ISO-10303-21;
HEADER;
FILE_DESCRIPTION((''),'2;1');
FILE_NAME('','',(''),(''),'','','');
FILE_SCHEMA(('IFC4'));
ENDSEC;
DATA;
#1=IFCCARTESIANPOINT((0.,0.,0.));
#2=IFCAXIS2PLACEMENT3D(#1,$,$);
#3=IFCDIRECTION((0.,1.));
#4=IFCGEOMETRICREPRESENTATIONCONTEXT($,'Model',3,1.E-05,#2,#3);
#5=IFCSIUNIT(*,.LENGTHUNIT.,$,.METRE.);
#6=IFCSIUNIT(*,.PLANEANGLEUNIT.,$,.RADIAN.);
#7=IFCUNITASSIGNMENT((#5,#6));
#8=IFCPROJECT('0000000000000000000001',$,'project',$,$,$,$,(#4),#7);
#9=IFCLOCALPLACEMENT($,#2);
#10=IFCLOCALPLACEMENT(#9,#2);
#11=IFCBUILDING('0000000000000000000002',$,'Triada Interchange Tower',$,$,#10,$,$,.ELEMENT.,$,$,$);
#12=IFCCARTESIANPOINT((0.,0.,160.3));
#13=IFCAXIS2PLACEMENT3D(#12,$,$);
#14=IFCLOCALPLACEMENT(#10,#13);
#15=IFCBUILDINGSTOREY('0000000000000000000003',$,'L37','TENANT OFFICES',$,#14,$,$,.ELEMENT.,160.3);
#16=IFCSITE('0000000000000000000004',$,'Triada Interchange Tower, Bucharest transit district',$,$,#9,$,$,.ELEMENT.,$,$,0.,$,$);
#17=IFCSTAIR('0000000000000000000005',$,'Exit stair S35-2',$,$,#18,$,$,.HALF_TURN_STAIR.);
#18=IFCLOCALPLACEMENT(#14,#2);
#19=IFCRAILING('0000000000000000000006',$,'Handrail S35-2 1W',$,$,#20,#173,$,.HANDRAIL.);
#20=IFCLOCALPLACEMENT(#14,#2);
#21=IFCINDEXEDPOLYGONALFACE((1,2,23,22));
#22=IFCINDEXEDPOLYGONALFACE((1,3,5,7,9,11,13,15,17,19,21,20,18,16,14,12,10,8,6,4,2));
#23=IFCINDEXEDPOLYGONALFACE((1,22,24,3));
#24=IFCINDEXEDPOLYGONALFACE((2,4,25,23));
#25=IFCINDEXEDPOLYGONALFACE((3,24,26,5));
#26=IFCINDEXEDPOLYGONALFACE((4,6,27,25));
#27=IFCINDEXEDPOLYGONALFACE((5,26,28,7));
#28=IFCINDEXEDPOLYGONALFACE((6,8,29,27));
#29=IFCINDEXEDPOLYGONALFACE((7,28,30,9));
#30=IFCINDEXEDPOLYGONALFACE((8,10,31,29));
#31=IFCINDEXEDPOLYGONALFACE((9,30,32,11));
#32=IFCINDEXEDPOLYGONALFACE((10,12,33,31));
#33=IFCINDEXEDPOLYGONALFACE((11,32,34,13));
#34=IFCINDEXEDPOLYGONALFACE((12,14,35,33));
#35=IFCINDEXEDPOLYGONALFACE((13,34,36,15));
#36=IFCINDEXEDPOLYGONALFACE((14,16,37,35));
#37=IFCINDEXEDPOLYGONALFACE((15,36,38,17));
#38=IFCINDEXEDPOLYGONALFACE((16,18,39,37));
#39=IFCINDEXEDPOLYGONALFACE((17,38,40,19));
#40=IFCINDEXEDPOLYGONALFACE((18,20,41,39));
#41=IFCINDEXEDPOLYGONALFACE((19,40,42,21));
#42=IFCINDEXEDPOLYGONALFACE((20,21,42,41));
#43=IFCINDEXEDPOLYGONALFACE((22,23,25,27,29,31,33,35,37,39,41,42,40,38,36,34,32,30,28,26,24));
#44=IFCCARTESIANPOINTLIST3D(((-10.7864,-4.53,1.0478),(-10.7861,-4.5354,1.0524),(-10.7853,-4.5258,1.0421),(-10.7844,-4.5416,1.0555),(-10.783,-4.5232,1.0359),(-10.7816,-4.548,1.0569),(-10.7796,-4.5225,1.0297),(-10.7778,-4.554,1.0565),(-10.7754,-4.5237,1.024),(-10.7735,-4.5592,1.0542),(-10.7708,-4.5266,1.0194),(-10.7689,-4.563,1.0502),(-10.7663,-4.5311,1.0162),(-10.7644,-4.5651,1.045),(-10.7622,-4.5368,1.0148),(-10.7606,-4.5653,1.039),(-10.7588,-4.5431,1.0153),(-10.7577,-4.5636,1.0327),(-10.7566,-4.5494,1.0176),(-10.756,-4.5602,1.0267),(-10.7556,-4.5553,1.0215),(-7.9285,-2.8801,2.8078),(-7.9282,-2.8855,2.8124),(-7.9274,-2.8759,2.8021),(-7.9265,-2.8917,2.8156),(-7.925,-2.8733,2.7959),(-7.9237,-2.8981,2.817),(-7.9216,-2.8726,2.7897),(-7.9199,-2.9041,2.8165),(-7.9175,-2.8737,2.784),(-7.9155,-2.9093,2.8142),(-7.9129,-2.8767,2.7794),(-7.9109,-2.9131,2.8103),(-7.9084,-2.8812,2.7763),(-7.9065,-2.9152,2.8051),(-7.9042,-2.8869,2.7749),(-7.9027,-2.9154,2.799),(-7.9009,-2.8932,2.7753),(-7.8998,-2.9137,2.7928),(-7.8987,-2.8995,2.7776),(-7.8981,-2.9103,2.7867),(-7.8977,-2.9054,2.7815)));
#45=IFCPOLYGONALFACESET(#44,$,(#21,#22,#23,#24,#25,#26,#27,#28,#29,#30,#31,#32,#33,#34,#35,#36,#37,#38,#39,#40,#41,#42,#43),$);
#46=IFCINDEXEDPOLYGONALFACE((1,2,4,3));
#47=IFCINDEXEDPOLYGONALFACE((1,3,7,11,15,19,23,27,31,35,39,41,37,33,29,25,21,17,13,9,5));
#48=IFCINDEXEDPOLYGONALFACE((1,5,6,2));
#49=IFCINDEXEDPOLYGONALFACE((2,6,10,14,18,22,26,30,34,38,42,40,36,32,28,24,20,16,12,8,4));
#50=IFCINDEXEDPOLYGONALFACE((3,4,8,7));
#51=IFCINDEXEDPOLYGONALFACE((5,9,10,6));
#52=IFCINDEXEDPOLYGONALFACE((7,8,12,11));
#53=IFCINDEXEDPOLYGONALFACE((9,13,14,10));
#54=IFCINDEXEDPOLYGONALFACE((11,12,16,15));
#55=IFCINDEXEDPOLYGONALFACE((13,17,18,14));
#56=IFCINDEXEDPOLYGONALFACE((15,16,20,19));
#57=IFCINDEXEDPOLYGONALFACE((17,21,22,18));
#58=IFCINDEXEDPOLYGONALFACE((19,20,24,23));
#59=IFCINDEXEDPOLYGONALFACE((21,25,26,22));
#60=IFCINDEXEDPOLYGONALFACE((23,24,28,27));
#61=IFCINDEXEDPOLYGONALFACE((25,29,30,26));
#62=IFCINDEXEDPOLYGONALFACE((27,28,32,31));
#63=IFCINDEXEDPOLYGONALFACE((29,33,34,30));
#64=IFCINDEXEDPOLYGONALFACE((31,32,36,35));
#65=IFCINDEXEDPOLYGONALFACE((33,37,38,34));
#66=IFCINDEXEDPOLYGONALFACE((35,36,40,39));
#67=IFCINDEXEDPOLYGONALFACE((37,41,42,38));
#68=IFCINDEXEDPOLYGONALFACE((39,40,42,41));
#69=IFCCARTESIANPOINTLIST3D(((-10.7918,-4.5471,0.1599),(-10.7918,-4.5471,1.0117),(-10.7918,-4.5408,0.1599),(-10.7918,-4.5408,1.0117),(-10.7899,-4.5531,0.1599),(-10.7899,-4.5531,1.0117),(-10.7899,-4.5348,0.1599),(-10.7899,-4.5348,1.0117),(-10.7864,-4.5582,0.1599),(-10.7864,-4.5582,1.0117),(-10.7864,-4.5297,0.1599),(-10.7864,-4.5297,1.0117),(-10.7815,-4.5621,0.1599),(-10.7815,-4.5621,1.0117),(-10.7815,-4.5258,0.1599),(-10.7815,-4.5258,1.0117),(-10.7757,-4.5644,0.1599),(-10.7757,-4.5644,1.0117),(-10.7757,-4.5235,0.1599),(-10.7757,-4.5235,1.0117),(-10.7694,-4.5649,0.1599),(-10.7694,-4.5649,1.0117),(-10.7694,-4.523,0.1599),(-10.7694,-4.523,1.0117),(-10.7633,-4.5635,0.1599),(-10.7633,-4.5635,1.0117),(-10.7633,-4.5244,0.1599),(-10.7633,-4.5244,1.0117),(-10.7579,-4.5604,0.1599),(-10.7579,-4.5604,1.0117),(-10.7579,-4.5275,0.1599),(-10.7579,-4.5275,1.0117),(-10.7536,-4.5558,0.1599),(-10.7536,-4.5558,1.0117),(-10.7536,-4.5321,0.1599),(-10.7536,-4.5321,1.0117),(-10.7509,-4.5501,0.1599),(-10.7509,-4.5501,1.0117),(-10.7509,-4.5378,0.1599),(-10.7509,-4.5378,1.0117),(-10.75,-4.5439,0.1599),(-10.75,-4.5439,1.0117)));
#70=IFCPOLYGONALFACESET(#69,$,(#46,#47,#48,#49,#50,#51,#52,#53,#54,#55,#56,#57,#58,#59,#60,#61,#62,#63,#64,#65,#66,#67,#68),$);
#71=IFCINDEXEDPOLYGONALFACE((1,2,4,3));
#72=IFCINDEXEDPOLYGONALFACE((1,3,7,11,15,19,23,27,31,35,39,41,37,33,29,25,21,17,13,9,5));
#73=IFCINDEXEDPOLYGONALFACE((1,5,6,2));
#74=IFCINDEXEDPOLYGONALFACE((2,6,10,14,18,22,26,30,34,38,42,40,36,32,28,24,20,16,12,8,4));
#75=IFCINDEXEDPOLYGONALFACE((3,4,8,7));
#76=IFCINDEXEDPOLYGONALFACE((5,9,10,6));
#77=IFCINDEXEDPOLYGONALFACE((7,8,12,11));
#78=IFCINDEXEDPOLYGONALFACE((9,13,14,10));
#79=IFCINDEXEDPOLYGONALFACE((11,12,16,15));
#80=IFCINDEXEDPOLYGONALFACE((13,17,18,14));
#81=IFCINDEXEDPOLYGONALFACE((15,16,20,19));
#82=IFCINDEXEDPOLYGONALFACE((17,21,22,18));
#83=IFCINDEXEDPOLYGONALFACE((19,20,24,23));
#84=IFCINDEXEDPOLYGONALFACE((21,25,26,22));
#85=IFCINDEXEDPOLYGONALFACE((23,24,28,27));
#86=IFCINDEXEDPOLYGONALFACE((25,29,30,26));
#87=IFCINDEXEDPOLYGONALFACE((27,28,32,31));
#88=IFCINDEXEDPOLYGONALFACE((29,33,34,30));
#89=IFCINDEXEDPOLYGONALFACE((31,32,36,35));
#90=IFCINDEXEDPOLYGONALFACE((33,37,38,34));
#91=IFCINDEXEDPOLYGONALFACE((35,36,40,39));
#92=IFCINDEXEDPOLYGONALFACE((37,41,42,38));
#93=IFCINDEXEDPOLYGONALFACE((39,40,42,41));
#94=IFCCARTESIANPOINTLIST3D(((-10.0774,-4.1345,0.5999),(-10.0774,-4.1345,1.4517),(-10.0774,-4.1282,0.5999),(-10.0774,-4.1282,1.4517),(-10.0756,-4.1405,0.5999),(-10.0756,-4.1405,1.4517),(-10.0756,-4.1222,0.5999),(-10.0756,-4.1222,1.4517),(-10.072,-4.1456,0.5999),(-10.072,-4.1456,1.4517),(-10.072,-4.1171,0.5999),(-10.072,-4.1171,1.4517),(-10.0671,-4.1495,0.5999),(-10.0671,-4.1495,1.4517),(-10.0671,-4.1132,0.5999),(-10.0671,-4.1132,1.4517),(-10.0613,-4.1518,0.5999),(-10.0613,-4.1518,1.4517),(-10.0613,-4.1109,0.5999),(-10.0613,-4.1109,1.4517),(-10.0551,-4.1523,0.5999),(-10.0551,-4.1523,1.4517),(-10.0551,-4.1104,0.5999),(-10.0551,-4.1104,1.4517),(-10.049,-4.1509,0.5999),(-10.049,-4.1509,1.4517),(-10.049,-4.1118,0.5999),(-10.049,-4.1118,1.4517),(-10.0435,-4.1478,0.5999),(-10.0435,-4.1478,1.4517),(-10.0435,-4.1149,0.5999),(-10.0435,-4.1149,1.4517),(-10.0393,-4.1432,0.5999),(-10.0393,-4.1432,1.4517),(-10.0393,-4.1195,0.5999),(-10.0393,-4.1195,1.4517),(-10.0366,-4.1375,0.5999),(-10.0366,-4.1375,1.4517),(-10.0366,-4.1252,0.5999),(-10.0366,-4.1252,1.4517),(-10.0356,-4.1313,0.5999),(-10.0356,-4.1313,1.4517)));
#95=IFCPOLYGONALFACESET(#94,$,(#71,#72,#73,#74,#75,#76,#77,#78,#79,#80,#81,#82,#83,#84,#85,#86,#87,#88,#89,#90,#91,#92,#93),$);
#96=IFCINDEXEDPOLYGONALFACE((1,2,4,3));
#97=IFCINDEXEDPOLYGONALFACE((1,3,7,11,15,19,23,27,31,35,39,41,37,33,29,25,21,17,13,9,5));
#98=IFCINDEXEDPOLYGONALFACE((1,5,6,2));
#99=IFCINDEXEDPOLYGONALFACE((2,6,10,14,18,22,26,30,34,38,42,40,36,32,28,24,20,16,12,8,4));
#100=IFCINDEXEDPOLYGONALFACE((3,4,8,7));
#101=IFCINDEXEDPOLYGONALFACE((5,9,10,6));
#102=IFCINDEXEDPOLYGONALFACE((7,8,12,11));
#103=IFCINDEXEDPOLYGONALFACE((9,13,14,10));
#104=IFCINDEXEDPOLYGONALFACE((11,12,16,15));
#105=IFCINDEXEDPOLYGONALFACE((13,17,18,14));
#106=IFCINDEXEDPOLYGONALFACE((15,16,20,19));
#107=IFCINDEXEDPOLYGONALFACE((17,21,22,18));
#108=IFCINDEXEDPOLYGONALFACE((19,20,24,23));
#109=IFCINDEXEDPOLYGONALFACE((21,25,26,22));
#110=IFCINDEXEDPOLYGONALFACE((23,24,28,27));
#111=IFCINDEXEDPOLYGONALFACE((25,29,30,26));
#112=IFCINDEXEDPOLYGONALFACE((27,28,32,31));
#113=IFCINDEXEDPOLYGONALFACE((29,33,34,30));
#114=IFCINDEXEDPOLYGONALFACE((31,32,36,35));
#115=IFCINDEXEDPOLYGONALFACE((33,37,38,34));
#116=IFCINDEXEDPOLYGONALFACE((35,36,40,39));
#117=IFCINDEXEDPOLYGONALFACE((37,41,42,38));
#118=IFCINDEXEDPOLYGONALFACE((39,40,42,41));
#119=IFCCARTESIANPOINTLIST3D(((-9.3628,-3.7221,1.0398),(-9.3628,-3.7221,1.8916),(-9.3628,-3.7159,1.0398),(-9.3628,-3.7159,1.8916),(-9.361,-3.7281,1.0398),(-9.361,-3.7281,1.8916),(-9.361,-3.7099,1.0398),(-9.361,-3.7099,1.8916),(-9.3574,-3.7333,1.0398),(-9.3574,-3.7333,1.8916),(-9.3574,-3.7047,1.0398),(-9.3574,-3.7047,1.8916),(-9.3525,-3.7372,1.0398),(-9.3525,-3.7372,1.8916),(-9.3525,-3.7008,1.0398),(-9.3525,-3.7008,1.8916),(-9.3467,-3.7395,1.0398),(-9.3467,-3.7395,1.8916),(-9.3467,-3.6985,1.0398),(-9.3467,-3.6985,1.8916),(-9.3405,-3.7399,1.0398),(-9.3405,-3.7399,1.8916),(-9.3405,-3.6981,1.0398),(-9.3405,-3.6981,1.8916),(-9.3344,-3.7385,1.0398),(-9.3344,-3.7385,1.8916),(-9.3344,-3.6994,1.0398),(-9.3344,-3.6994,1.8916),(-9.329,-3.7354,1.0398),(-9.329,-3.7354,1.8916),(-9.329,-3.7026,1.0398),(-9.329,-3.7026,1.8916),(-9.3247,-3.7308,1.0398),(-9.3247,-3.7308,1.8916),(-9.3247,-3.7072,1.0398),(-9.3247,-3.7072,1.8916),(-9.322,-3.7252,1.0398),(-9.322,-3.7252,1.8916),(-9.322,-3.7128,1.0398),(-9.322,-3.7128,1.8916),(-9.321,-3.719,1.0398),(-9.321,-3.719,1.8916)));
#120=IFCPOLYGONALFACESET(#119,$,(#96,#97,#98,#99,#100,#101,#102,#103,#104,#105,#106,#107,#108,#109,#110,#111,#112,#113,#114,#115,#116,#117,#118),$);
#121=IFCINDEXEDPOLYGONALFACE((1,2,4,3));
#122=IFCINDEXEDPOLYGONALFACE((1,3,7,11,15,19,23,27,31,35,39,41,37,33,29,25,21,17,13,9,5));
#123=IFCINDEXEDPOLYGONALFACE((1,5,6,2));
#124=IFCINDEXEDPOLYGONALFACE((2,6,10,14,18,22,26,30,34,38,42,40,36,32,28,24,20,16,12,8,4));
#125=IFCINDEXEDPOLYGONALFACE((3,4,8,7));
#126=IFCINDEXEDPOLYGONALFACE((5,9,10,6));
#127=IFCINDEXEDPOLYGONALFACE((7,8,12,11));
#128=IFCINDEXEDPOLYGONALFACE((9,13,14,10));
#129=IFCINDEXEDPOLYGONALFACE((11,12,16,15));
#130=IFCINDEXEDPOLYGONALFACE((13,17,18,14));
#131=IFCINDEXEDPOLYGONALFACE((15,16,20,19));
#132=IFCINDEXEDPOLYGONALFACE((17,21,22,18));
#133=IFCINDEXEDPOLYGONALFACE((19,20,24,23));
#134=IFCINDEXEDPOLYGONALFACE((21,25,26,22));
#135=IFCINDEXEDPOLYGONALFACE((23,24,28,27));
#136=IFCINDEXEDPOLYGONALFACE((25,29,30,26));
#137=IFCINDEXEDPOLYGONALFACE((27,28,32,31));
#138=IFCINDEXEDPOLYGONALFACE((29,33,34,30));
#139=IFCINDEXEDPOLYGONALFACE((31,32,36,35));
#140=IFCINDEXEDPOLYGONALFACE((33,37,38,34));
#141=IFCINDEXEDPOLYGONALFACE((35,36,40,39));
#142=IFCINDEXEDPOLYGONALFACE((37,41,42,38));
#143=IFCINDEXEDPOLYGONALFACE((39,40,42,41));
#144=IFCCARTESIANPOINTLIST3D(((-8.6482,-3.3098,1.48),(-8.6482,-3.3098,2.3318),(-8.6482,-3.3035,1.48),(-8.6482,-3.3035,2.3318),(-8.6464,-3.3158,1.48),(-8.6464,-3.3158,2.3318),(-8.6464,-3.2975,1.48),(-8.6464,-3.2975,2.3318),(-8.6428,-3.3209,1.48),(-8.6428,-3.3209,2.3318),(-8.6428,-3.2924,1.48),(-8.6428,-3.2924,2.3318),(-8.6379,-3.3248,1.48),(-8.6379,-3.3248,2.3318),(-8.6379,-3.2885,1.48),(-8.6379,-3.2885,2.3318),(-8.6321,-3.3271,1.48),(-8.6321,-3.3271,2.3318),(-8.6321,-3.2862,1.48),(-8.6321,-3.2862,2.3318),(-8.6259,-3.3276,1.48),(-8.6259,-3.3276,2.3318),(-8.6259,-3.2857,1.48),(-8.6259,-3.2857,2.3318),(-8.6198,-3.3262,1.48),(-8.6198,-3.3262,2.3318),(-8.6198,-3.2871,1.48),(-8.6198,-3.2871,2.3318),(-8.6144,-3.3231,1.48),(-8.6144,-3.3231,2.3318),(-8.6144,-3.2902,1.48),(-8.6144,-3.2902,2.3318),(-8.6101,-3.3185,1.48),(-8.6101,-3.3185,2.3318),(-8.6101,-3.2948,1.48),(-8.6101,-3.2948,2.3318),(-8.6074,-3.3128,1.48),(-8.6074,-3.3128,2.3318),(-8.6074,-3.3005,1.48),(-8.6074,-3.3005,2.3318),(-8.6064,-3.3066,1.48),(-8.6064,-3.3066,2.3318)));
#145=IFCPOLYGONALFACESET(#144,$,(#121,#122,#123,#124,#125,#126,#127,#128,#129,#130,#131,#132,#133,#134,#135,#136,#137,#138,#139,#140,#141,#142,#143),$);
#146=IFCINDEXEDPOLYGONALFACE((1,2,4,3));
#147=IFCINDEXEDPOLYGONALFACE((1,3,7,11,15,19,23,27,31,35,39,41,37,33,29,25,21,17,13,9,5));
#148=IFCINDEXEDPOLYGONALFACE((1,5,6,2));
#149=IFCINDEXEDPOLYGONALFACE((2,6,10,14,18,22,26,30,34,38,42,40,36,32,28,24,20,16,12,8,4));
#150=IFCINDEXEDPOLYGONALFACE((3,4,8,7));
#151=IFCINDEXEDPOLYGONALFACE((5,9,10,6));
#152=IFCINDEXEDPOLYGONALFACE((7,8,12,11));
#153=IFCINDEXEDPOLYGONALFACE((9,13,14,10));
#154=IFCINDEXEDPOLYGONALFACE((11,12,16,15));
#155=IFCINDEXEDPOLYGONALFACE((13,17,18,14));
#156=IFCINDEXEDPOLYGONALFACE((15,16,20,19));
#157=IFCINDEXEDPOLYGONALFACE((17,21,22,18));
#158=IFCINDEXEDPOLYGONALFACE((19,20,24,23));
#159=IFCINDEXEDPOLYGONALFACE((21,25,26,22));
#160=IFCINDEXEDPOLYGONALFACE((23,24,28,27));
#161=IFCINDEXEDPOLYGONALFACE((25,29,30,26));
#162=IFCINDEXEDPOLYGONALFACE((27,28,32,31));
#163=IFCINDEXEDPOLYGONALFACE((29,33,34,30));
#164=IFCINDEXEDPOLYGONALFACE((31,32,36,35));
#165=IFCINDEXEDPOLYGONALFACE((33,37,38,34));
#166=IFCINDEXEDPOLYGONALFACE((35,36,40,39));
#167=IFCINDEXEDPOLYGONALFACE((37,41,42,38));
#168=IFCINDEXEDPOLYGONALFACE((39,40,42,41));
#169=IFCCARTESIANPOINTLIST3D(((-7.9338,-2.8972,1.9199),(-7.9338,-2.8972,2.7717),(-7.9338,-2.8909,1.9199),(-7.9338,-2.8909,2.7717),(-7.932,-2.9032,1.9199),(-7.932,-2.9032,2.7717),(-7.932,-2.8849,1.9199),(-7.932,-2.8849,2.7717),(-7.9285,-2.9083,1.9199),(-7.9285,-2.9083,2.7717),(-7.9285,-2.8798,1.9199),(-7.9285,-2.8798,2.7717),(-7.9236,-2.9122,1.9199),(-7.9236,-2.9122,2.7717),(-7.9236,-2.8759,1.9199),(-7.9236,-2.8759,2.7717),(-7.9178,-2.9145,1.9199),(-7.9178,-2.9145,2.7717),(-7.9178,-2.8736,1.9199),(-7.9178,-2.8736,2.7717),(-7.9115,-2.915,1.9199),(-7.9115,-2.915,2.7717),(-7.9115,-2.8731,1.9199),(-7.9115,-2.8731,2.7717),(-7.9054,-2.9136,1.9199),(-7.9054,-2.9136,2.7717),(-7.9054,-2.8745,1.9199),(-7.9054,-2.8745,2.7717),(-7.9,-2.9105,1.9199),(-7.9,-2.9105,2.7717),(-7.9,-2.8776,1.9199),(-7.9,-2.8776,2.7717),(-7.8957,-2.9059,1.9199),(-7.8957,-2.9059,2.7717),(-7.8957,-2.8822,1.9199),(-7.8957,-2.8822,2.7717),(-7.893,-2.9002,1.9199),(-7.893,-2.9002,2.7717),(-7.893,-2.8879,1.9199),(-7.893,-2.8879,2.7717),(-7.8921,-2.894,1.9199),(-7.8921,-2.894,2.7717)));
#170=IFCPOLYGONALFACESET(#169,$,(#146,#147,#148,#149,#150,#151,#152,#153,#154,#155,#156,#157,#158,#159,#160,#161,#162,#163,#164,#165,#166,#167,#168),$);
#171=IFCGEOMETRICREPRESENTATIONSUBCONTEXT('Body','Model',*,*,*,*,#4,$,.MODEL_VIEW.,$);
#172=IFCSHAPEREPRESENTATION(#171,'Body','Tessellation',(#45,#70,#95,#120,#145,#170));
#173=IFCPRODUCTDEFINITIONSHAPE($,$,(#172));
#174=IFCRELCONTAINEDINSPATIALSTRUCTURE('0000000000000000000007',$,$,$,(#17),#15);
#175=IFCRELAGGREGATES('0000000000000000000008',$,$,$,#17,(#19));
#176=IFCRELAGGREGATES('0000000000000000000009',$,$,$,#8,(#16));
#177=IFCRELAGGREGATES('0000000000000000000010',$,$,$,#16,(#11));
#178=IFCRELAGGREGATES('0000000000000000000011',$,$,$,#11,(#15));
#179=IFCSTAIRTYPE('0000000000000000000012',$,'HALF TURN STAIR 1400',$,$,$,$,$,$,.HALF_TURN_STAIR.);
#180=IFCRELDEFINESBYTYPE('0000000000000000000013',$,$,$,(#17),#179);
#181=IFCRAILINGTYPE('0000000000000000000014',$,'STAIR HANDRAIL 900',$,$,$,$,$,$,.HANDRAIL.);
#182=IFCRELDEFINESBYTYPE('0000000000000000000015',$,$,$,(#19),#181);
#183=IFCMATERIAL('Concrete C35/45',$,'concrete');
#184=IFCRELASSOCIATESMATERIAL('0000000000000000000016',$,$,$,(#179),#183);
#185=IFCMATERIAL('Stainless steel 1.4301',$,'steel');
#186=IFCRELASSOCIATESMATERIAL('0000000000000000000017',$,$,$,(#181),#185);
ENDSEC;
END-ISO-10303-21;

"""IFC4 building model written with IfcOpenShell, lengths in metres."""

from ifc_helpers import new_model, si_unit, direction, frame, origin, origin_2d, place, context, subcontext, project, spatial, circle, extrude, material, type_object, element, aggregate, save


model = new_model("IFC4")

# Units and contexts
model_context = context("Model", 3, precision=1e-05, world=origin(), true_north=direction((0.0, 1.0)))
body_context = subcontext(model_context, "Body", "Model", "MODEL_VIEW")
ifc_project = project(units=[si_unit("LENGTHUNIT", "METRE"), si_unit("PLANEANGLEUNIT", "RADIAN")], contexts=[model_context])

# Site, building, storey
site_placement = place(None, origin())
site = spatial("IfcSite", under=ifc_project, at=site_placement, Name="Triada Interchange Tower, Bucharest transit district", CompositionType="ELEMENT", RefElevation=0.0)
building_placement = place(site_placement, origin())
building = spatial("IfcBuilding", under=site, at=building_placement, Name="Triada Interchange Tower", CompositionType="ELEMENT")
storey_placement = place(building_placement, frame((0.0, 0.0, 160.3)))
storey = spatial("IfcBuildingStorey", under=building, at=storey_placement, Name="L37", Description="TENANT OFFICES", CompositionType="ELEMENT", Elevation=160.3)

# Stair, railing
ifc_material_1 = material(Name="Concrete C35/45", Category="concrete")
stair_type = type_object("IfcStairType", Name="HALF TURN STAIR 1400", PredefinedType="HALF_TURN_STAIR", material=ifc_material_1)
stair_placement = place(storey_placement, origin())
stair = element("IfcStair", 1, at=stair_placement, inside=storey, type_object=stair_type, Name="Exit stair S35-2", PredefinedType="HALF_TURN_STAIR")
ifc_material_2 = material(Name="Stainless steel 1.4301", Category="steel")
railing_type = type_object("IfcRailingType", Name="STAIR HANDRAIL 900", PredefinedType="HANDRAIL", material=ifc_material_2)
railing_1_placement = place(storey_placement, frame((-10.771, -4.5439, 0.1599)))
railing_1 = element("IfcRailing", 2, at=railing_1_placement, type_object=railing_type, Name="Handrail S35-2 1W", PredefinedType="HANDRAIL", context=body_context, shape_type="SweptSolid", body=[
    extrude(circle(Radius=0.0239, at=origin_2d()), frame((0.0, 0.0, 0.876), z_axis=(0.764151, 0.441153, 0.470593), x_axis=(-0.499974, 0.86604, 0.0)), (0.0, 0.0, 1.0), 3.74),
    extrude(circle(Radius=0.021, at=origin_2d()), origin(), (0.0, 0.0, 1.0), 0.8518),
    extrude(circle(Radius=0.021, at=origin_2d()), frame((0.7144, 0.4126, 0.4399)), (0.0, 0.0, 1.0), 0.8518),
    extrude(circle(Radius=0.021, at=origin_2d()), frame((1.429, 0.825, 0.8799)), (0.0, 0.0, 1.0), 0.8518),
    extrude(circle(Radius=0.021, at=origin_2d()), frame((2.1436, 1.2373, 1.3201)), (0.0, 0.0, 1.0), 0.8518),
    extrude(circle(Radius=0.021, at=origin_2d()), frame((2.8579, 1.6499, 1.76)), (0.0, 0.0, 1.0), 0.8518),
])
aggregate(stair, [railing_1])

save(model, "model.ifc")
